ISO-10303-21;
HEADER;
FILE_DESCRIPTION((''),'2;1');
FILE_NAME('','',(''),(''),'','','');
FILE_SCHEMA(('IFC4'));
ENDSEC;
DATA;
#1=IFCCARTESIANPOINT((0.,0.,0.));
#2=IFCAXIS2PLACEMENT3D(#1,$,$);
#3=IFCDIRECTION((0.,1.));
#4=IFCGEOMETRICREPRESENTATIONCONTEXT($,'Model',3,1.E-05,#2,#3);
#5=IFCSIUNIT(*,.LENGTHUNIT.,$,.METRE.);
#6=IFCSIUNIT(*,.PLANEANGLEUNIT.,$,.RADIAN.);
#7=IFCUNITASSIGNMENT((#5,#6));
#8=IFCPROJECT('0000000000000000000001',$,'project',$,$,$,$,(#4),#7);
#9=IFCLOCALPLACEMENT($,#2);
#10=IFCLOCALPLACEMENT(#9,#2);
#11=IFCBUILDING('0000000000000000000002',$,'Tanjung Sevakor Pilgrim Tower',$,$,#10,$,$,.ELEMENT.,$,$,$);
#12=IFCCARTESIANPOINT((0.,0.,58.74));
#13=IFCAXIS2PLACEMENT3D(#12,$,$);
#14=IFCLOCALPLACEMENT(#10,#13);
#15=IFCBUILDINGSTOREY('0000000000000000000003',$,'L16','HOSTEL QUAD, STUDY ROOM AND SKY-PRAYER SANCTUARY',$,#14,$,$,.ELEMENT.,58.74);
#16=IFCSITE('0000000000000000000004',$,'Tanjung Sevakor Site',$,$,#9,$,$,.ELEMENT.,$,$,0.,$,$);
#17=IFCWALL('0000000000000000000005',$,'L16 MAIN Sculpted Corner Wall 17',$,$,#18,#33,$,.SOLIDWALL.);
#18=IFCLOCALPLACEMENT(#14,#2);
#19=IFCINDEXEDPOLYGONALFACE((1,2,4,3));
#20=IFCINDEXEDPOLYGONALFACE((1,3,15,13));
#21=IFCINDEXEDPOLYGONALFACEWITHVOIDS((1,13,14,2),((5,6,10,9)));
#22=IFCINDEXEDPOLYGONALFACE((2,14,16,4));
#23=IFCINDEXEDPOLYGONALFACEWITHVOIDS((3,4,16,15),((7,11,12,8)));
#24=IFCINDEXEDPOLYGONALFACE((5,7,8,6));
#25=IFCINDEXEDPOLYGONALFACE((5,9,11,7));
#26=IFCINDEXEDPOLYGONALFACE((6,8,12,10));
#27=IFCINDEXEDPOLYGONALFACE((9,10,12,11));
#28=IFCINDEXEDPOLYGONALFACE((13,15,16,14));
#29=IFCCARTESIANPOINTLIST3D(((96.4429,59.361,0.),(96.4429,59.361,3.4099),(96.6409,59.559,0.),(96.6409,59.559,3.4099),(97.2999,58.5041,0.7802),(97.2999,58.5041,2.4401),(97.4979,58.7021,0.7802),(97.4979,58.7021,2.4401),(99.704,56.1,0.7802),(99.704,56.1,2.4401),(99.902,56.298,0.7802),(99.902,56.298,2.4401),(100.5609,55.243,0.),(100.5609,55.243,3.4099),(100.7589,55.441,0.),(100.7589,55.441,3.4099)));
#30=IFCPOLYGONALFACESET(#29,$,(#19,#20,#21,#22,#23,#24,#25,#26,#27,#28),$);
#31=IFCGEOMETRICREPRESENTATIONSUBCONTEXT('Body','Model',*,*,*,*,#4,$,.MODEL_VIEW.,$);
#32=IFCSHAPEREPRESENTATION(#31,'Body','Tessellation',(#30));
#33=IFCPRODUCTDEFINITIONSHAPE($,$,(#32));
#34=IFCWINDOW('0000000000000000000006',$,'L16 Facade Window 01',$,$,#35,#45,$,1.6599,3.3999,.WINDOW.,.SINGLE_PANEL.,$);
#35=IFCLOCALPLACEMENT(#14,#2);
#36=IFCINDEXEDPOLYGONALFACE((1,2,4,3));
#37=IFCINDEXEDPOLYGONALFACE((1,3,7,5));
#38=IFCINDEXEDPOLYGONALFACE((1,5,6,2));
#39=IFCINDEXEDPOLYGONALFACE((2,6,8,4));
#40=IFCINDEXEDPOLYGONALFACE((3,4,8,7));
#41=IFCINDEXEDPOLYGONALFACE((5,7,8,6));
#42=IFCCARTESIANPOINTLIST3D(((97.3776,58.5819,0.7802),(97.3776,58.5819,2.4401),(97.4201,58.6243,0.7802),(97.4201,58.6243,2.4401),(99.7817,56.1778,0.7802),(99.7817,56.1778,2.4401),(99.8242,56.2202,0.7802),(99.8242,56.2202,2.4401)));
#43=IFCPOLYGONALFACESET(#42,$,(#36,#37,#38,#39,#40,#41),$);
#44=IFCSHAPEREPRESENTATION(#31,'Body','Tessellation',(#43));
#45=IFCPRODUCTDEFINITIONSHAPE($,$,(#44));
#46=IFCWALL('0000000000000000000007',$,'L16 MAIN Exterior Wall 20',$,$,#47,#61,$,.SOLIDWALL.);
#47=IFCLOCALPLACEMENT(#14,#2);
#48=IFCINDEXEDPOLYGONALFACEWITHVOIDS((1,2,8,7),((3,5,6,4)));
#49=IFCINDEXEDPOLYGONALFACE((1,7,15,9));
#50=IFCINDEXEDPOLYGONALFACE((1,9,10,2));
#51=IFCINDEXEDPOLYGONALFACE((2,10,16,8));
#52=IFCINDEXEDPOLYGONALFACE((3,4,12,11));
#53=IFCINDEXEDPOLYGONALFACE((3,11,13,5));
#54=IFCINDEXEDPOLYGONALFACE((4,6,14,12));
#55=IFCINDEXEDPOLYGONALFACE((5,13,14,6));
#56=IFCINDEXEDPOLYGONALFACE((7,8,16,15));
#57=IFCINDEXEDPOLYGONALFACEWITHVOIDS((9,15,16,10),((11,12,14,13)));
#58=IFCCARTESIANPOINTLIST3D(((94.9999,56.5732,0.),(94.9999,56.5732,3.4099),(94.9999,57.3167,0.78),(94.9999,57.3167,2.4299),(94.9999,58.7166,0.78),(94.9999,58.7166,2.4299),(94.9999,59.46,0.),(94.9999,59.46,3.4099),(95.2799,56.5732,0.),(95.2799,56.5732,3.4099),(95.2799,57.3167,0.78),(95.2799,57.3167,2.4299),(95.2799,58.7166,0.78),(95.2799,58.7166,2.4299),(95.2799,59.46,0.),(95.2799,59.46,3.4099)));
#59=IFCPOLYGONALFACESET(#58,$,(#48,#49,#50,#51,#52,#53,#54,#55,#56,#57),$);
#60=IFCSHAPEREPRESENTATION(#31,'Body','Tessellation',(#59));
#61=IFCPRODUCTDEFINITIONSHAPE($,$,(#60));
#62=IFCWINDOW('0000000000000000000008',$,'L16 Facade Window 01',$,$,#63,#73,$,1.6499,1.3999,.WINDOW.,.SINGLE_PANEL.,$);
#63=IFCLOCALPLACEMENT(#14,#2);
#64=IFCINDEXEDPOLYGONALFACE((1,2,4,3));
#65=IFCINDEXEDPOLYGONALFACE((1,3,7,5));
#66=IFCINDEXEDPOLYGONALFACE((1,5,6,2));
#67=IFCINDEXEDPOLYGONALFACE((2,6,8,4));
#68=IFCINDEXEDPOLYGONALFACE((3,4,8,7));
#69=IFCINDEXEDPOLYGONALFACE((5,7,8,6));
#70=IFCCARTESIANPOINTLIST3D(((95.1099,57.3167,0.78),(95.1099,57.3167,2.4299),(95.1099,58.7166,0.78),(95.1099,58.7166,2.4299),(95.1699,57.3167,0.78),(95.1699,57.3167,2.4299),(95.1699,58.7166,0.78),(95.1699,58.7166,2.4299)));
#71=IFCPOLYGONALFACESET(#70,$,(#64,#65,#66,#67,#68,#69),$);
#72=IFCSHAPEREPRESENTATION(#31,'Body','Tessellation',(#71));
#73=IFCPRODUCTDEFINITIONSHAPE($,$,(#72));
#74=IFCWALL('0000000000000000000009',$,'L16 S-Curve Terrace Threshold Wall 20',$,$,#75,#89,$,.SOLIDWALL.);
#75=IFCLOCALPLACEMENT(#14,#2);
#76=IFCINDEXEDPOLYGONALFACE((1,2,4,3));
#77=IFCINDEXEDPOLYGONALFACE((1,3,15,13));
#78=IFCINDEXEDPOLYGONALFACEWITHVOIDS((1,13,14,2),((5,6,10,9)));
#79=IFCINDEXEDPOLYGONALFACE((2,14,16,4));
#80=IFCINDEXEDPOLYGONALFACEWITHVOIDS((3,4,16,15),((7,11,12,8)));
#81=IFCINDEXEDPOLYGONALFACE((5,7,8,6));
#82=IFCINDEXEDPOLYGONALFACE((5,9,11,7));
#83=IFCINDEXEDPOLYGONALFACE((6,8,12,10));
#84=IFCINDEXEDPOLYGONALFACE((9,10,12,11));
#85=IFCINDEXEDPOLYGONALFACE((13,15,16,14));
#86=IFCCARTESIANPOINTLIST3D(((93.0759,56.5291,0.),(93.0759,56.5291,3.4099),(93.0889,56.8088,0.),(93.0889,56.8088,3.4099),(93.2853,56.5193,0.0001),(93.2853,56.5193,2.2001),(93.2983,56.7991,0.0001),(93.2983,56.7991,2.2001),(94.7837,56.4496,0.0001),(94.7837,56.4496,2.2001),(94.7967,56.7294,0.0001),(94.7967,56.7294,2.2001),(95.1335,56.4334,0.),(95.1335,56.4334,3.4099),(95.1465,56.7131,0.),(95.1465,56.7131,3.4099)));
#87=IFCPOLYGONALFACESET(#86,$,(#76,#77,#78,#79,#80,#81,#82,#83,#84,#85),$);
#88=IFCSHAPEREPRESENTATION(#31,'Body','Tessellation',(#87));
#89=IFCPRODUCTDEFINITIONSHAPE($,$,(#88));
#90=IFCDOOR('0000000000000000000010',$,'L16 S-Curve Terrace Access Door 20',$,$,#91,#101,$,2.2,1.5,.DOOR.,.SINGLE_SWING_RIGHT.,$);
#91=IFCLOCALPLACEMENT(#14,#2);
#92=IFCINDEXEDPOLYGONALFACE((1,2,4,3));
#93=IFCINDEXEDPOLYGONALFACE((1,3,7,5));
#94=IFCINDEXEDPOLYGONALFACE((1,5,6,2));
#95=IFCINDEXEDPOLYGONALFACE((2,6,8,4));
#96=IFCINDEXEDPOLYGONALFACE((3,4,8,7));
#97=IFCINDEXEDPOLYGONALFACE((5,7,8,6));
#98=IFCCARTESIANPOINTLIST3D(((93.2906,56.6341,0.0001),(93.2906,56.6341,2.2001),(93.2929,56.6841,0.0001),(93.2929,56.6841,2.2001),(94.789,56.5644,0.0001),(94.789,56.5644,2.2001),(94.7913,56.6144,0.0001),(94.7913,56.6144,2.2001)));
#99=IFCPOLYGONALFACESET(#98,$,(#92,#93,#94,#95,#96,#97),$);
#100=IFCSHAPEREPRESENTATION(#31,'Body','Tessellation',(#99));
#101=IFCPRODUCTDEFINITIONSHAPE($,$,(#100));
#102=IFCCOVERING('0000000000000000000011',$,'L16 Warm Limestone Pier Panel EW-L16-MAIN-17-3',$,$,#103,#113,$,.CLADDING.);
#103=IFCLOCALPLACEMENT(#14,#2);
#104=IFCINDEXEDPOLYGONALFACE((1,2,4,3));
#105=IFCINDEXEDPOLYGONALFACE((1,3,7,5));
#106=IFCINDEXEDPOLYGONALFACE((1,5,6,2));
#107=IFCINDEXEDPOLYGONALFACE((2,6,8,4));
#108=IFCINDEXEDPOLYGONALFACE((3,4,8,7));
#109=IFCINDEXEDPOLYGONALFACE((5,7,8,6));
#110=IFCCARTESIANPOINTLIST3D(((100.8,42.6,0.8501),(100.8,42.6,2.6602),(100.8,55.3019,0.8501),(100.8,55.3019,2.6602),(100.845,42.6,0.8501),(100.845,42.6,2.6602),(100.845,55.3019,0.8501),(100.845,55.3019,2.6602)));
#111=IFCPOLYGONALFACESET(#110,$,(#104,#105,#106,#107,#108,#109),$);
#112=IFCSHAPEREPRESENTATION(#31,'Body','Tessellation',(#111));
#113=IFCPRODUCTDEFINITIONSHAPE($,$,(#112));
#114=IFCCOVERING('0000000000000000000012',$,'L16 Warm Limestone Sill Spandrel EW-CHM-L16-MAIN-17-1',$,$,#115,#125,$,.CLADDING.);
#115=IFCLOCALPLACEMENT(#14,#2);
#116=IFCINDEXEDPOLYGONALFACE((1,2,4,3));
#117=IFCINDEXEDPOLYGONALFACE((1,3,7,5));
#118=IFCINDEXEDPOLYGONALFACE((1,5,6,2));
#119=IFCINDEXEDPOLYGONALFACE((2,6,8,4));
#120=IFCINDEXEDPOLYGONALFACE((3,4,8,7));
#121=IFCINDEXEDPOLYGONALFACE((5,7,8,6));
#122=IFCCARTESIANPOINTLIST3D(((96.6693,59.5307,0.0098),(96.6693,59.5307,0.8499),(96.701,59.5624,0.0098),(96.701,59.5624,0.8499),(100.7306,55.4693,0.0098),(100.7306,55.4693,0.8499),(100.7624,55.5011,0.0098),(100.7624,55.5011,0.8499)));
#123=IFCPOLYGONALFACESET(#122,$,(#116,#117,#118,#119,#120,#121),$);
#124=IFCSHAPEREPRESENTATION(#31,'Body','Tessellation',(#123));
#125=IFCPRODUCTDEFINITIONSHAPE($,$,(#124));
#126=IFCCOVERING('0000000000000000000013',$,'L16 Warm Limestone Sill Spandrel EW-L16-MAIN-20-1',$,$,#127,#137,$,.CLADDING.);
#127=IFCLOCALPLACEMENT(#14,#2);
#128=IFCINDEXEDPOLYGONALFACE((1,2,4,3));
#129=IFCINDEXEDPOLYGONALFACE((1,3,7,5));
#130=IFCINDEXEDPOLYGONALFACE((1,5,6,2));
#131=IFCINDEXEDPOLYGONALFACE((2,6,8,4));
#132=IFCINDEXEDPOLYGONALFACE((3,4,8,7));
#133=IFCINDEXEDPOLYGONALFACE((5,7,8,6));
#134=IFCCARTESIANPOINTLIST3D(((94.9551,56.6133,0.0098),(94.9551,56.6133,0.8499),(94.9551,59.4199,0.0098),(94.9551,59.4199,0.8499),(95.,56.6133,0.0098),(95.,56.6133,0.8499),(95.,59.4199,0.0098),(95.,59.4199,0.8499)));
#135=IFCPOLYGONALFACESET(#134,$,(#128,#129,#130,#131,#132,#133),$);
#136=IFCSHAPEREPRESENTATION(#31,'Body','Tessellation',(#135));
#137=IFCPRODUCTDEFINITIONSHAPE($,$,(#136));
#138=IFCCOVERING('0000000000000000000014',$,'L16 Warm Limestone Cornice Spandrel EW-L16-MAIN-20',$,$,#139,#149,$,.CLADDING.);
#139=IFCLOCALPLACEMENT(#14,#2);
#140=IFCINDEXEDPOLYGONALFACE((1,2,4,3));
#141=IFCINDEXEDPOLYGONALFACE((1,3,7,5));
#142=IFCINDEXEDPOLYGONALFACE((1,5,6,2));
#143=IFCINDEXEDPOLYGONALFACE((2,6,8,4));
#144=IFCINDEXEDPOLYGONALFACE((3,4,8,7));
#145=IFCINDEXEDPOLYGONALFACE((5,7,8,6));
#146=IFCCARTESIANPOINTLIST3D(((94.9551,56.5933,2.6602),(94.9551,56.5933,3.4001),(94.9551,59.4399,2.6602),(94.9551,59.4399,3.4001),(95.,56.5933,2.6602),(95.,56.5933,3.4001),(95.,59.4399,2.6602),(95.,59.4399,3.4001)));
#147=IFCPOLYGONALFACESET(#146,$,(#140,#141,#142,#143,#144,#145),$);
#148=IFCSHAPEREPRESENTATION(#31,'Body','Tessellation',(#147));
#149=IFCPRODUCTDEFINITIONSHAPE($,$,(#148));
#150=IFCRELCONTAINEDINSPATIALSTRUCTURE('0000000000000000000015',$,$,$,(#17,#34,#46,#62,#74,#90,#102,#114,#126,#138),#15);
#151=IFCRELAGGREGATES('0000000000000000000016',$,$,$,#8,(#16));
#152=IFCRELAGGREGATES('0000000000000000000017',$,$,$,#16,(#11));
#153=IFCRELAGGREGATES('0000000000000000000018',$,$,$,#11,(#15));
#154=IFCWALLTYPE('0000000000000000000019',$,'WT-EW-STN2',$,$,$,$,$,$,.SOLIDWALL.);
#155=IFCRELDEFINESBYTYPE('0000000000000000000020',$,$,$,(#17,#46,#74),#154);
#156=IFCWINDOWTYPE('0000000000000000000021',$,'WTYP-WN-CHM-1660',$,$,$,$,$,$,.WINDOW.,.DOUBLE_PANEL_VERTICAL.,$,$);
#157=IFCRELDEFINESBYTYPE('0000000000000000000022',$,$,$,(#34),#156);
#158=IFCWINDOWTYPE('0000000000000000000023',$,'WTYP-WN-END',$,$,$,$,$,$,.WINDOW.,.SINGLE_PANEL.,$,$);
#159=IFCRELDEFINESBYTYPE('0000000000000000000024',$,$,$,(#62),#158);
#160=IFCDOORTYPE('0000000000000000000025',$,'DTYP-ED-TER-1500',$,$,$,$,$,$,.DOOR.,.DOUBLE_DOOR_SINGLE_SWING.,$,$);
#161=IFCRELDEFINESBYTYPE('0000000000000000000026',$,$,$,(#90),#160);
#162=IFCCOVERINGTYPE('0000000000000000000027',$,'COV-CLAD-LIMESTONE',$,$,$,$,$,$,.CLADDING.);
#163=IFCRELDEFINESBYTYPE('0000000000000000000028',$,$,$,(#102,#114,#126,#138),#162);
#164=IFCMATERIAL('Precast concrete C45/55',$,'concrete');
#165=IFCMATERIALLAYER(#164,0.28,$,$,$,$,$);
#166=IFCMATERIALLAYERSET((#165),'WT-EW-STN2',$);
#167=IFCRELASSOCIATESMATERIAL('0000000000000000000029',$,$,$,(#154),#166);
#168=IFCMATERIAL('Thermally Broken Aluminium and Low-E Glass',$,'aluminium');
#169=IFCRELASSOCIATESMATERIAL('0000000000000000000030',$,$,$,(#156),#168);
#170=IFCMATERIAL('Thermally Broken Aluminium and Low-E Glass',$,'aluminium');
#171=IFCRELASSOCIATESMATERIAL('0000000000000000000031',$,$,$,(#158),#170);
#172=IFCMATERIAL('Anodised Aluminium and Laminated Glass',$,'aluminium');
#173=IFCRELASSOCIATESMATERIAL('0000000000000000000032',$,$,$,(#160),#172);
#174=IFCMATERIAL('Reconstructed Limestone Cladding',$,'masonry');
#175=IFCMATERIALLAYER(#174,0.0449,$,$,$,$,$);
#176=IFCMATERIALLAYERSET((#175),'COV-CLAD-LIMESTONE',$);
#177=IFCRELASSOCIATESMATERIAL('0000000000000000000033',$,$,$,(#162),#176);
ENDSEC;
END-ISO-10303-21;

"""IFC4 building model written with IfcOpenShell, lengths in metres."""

from ifc_helpers import new_model, si_unit, direction, frame, frame_2d, origin, origin_2d, place, context, subcontext, project, spatial, rectangle, extrude, material, layer, layer_set, type_object, element, fill, save


model = new_model("IFC4")

# Units and contexts
model_context = context("Model", 3, precision=1e-05, world=origin(), true_north=direction((0.0, 1.0)))
body_context = subcontext(model_context, "Body", "Model", "MODEL_VIEW")
ifc_project = project(units=[si_unit("LENGTHUNIT", "METRE"), si_unit("PLANEANGLEUNIT", "RADIAN")], contexts=[model_context])

# Site, building, storey
site_placement = place(None, origin())
site = spatial("IfcSite", under=ifc_project, at=site_placement, Name="Tanjung Sevakor Site", CompositionType="ELEMENT", RefElevation=0.0)
building_placement = place(site_placement, origin())
building = spatial("IfcBuilding", under=site, at=building_placement, Name="Tanjung Sevakor Pilgrim Tower", CompositionType="ELEMENT")
storey_placement = place(building_placement, frame((0.0, 0.0, 58.74)))
storey = spatial("IfcBuildingStorey", under=building, at=storey_placement, Name="L16", Description="HOSTEL QUAD, STUDY ROOM AND SKY-PRAYER SANCTUARY", CompositionType="ELEMENT", Elevation=58.74)

# Walls, openings, windows
ifc_material_1 = material(Name="Precast concrete C45/55", Category="concrete")
ifc_layer_1 = layer(ifc_material_1, 0.28)
ifc_layer_set_1 = layer_set([ifc_layer_1], Name="WT-EW-STN2")
wall_type_1 = type_object("IfcWallType", Name="WT-EW-STN2", PredefinedType="SOLIDWALL", material=ifc_layer_set_1)
wall_1_placement = place(storey_placement, frame((100.6599, 55.342, 0.0), z_axis=(0.0, 0.0, 1.0), x_axis=(-0.707107, 0.707107, 0.0)))
wall_1 = element("IfcWall", 1, at=wall_1_placement, inside=storey, type_object=wall_type_1, Name="L16 MAIN Sculpted Corner Wall 17", PredefinedType="SOLIDWALL", context=body_context, shape_type="SweptSolid", body=[
    extrude(rectangle(XDim=5.8237, YDim=0.28, at=frame_2d((2.9119, 0.0))), origin(), (0.0, 0.0, 1.0), 3.4099),
])
opening_1_placement = place(wall_1_placement, frame((1.2119, 0.0, 0.78)))
opening_1 = element("IfcOpeningElement", 2, at=opening_1_placement, cuts=wall_1, PredefinedType="OPENING", context=body_context, shape_type="SweptSolid", body=[
    extrude(rectangle(XDim=3.3999, YDim=1.6599, at=frame_2d((1.7, 0.8301))), frame((0.0, 0.1499, 0.0), z_axis=(0.0, -1.0, 0.0), x_axis=(1.0, 0.0, 0.0)), (0.0, 0.0, 1.0), 0.3),
])
ifc_material_2 = material(Name="Thermally Broken Aluminium and Low-E Glass", Category="aluminium")
window_type_1 = type_object("IfcWindowType", Name="WTYP-WN-CHM-1660", PartitioningType="DOUBLE_PANEL_VERTICAL", PredefinedType="WINDOW", material=ifc_material_2)
window_1_placement = place(opening_1_placement, origin())
window_1 = element("IfcWindow", 3, at=window_1_placement, inside=storey, type_object=window_type_1, Name="L16 Facade Window 01", OverallHeight=1.6599, OverallWidth=3.3999, PartitioningType="SINGLE_PANEL", PredefinedType="WINDOW", context=body_context, shape_type="SweptSolid", body=[
    extrude(rectangle(XDim=3.3999, YDim=1.6599, at=frame_2d((1.7, 0.8301))), frame((0.0, 0.03, 0.0), z_axis=(0.0, -1.0, 0.0), x_axis=(1.0, 0.0, 0.0)), (0.0, 0.0, 1.0), 0.0601),
])
fill(opening_1, window_1)
wall_2_placement = place(storey_placement, frame((95.1399, 59.46, 0.0), z_axis=(0.0, 0.0, 1.0), x_axis=(0.0, -1.0, 0.0)))
wall_2 = element("IfcWall", 4, at=wall_2_placement, inside=storey, type_object=wall_type_1, Name="L16 MAIN Exterior Wall 20", PredefinedType="SOLIDWALL", context=body_context, shape_type="SweptSolid", body=[
    extrude(rectangle(XDim=2.8867, YDim=0.28, at=frame_2d((1.4434, 0.0))), origin(), (0.0, 0.0, 1.0), 3.4099),
])
opening_2_placement = place(wall_2_placement, frame((0.7434, 0.0, 0.78)))
opening_2 = element("IfcOpeningElement", 5, at=opening_2_placement, cuts=wall_2, PredefinedType="OPENING", context=body_context, shape_type="SweptSolid", body=[
    extrude(rectangle(XDim=1.3999, YDim=1.6499, at=frame_2d((0.7, 0.825))), frame((0.0, 0.1499, 0.0), z_axis=(0.0, -1.0, 0.0), x_axis=(1.0, 0.0, 0.0)), (0.0, 0.0, 1.0), 0.3),
])
ifc_material_3 = material(Name="Thermally Broken Aluminium and Low-E Glass", Category="aluminium")
window_type_2 = type_object("IfcWindowType", Name="WTYP-WN-END", PartitioningType="SINGLE_PANEL", PredefinedType="WINDOW", material=ifc_material_3)
window_2_placement = place(opening_2_placement, origin())
window_2 = element("IfcWindow", 6, at=window_2_placement, inside=storey, type_object=window_type_2, Name="L16 Facade Window 01", OverallHeight=1.6499, OverallWidth=1.3999, PartitioningType="SINGLE_PANEL", PredefinedType="WINDOW", context=body_context, shape_type="SweptSolid", body=[
    extrude(rectangle(XDim=1.3999, YDim=1.6499, at=frame_2d((0.7, 0.825))), frame((0.0, 0.03, 0.0), z_axis=(0.0, -1.0, 0.0), x_axis=(1.0, 0.0, 0.0)), (0.0, 0.0, 1.0), 0.0601),
])
fill(opening_2, window_2)

# Wall, opening, door
wall_3_placement = place(storey_placement, frame((95.1399, 56.5732, 0.0), z_axis=(0.0, 0.0, 1.0), x_axis=(-0.99892, 0.046461, 0.0)))
wall_3 = element("IfcWall", 7, at=wall_3_placement, inside=storey, type_object=wall_type_1, Name="L16 S-Curve Terrace Threshold Wall 20", PredefinedType="SOLIDWALL", context=body_context, shape_type="SweptSolid", body=[
    extrude(rectangle(XDim=2.0598, YDim=0.28, at=frame_2d((1.0298, 0.0))), origin(), (0.0, 0.0, 1.0), 3.4099),
])
opening_3_placement = place(wall_3_placement, frame((0.3501, 0.0, 0.0)))
opening_3 = element("IfcOpeningElement", 8, at=opening_3_placement, cuts=wall_3, PredefinedType="OPENING", context=body_context, shape_type="SweptSolid", body=[
    extrude(rectangle(XDim=1.5, YDim=2.2, at=frame_2d((0.75, 1.1001))), frame((0.0, 0.1499, 0.0), z_axis=(0.0, -1.0, 0.0), x_axis=(1.0, 0.0, 0.0)), (0.0, 0.0, 1.0), 0.3),
])
ifc_material_4 = material(Name="Anodised Aluminium and Laminated Glass", Category="aluminium")
door_type = type_object("IfcDoorType", Name="DTYP-ED-TER-1500", OperationType="DOUBLE_DOOR_SINGLE_SWING", PredefinedType="DOOR", material=ifc_material_4)
door_placement = place(opening_3_placement, frame((1.5, 0.0, 0.0), z_axis=(0.0, 0.0, 1.0), x_axis=(-1.0, 0.0, 0.0)))
door = element("IfcDoor", 9, at=door_placement, inside=storey, type_object=door_type, Name="L16 S-Curve Terrace Access Door 20", OperationType="SINGLE_SWING_RIGHT", OverallHeight=2.2, OverallWidth=1.5, PredefinedType="DOOR", context=body_context, shape_type="SweptSolid", body=[
    extrude(rectangle(XDim=1.5, YDim=2.2, at=frame_2d((0.75, 1.1001))), frame((0.0, 0.0249, 0.0), z_axis=(0.0, -1.0, 0.0), x_axis=(1.0, 0.0, 0.0)), (0.0, 0.0, 1.0), 0.05),
])
fill(opening_3, door)

# Coverings
ifc_material_5 = material(Name="Reconstructed Limestone Cladding", Category="masonry")
ifc_layer_2 = layer(ifc_material_5, 0.0449)
ifc_layer_set_2 = layer_set([ifc_layer_2], Name="COV-CLAD-LIMESTONE")
covering_type = type_object("IfcCoveringType", Name="COV-CLAD-LIMESTONE", PredefinedType="CLADDING", material=ifc_layer_set_2)
covering_1_placement = place(storey_placement, frame((100.8225, 48.9509, 0.8501), z_axis=(0.0, 0.0, 1.0), x_axis=(0.0, 1.0, 0.0)))
element("IfcCovering", 10, at=covering_1_placement, inside=storey, type_object=covering_type, Name="L16 Warm Limestone Pier Panel EW-L16-MAIN-17-3", PredefinedType="CLADDING", context=body_context, shape_type="SweptSolid", body=[
    extrude(rectangle(XDim=12.7019, YDim=0.0449, at=origin_2d()), origin(), (0.0, 0.0, 1.0), 1.8101),
])
covering_2_placement = place(storey_placement, frame((98.7158, 57.5159, 0.0098), z_axis=(0.0, 0.0, 1.0), x_axis=(-0.707107, 0.707107, 0.0)))
element("IfcCovering", 11, at=covering_2_placement, inside=storey, type_object=covering_type, Name="L16 Warm Limestone Sill Spandrel EW-CHM-L16-MAIN-17-1", PredefinedType="CLADDING", context=body_context, shape_type="SweptSolid", body=[
    extrude(rectangle(XDim=5.7437, YDim=0.0449, at=origin_2d()), origin(), (0.0, 0.0, 1.0), 0.8401),
])
covering_3_placement = place(storey_placement, frame((94.9775, 58.0166, 0.0098), z_axis=(0.0, 0.0, 1.0), x_axis=(0.0, -1.0, 0.0)))
element("IfcCovering", 12, at=covering_3_placement, inside=storey, type_object=covering_type, Name="L16 Warm Limestone Sill Spandrel EW-L16-MAIN-20-1", PredefinedType="CLADDING", context=body_context, shape_type="SweptSolid", body=[
    extrude(rectangle(XDim=2.8066, YDim=0.0449, at=origin_2d()), origin(), (0.0, 0.0, 1.0), 0.8401),
])
covering_4_placement = place(storey_placement, frame((94.9775, 58.0166, 2.6602), z_axis=(0.0, 0.0, 1.0), x_axis=(0.0, -1.0, 0.0)))
element("IfcCovering", 13, at=covering_4_placement, inside=storey, type_object=covering_type, Name="L16 Warm Limestone Cornice Spandrel EW-L16-MAIN-20", PredefinedType="CLADDING", context=body_context, shape_type="SweptSolid", body=[
    extrude(rectangle(XDim=2.8467, YDim=0.0449, at=origin_2d()), origin(), (0.0, 0.0, 1.0), 0.74),
])

save(model, "model.ifc")
